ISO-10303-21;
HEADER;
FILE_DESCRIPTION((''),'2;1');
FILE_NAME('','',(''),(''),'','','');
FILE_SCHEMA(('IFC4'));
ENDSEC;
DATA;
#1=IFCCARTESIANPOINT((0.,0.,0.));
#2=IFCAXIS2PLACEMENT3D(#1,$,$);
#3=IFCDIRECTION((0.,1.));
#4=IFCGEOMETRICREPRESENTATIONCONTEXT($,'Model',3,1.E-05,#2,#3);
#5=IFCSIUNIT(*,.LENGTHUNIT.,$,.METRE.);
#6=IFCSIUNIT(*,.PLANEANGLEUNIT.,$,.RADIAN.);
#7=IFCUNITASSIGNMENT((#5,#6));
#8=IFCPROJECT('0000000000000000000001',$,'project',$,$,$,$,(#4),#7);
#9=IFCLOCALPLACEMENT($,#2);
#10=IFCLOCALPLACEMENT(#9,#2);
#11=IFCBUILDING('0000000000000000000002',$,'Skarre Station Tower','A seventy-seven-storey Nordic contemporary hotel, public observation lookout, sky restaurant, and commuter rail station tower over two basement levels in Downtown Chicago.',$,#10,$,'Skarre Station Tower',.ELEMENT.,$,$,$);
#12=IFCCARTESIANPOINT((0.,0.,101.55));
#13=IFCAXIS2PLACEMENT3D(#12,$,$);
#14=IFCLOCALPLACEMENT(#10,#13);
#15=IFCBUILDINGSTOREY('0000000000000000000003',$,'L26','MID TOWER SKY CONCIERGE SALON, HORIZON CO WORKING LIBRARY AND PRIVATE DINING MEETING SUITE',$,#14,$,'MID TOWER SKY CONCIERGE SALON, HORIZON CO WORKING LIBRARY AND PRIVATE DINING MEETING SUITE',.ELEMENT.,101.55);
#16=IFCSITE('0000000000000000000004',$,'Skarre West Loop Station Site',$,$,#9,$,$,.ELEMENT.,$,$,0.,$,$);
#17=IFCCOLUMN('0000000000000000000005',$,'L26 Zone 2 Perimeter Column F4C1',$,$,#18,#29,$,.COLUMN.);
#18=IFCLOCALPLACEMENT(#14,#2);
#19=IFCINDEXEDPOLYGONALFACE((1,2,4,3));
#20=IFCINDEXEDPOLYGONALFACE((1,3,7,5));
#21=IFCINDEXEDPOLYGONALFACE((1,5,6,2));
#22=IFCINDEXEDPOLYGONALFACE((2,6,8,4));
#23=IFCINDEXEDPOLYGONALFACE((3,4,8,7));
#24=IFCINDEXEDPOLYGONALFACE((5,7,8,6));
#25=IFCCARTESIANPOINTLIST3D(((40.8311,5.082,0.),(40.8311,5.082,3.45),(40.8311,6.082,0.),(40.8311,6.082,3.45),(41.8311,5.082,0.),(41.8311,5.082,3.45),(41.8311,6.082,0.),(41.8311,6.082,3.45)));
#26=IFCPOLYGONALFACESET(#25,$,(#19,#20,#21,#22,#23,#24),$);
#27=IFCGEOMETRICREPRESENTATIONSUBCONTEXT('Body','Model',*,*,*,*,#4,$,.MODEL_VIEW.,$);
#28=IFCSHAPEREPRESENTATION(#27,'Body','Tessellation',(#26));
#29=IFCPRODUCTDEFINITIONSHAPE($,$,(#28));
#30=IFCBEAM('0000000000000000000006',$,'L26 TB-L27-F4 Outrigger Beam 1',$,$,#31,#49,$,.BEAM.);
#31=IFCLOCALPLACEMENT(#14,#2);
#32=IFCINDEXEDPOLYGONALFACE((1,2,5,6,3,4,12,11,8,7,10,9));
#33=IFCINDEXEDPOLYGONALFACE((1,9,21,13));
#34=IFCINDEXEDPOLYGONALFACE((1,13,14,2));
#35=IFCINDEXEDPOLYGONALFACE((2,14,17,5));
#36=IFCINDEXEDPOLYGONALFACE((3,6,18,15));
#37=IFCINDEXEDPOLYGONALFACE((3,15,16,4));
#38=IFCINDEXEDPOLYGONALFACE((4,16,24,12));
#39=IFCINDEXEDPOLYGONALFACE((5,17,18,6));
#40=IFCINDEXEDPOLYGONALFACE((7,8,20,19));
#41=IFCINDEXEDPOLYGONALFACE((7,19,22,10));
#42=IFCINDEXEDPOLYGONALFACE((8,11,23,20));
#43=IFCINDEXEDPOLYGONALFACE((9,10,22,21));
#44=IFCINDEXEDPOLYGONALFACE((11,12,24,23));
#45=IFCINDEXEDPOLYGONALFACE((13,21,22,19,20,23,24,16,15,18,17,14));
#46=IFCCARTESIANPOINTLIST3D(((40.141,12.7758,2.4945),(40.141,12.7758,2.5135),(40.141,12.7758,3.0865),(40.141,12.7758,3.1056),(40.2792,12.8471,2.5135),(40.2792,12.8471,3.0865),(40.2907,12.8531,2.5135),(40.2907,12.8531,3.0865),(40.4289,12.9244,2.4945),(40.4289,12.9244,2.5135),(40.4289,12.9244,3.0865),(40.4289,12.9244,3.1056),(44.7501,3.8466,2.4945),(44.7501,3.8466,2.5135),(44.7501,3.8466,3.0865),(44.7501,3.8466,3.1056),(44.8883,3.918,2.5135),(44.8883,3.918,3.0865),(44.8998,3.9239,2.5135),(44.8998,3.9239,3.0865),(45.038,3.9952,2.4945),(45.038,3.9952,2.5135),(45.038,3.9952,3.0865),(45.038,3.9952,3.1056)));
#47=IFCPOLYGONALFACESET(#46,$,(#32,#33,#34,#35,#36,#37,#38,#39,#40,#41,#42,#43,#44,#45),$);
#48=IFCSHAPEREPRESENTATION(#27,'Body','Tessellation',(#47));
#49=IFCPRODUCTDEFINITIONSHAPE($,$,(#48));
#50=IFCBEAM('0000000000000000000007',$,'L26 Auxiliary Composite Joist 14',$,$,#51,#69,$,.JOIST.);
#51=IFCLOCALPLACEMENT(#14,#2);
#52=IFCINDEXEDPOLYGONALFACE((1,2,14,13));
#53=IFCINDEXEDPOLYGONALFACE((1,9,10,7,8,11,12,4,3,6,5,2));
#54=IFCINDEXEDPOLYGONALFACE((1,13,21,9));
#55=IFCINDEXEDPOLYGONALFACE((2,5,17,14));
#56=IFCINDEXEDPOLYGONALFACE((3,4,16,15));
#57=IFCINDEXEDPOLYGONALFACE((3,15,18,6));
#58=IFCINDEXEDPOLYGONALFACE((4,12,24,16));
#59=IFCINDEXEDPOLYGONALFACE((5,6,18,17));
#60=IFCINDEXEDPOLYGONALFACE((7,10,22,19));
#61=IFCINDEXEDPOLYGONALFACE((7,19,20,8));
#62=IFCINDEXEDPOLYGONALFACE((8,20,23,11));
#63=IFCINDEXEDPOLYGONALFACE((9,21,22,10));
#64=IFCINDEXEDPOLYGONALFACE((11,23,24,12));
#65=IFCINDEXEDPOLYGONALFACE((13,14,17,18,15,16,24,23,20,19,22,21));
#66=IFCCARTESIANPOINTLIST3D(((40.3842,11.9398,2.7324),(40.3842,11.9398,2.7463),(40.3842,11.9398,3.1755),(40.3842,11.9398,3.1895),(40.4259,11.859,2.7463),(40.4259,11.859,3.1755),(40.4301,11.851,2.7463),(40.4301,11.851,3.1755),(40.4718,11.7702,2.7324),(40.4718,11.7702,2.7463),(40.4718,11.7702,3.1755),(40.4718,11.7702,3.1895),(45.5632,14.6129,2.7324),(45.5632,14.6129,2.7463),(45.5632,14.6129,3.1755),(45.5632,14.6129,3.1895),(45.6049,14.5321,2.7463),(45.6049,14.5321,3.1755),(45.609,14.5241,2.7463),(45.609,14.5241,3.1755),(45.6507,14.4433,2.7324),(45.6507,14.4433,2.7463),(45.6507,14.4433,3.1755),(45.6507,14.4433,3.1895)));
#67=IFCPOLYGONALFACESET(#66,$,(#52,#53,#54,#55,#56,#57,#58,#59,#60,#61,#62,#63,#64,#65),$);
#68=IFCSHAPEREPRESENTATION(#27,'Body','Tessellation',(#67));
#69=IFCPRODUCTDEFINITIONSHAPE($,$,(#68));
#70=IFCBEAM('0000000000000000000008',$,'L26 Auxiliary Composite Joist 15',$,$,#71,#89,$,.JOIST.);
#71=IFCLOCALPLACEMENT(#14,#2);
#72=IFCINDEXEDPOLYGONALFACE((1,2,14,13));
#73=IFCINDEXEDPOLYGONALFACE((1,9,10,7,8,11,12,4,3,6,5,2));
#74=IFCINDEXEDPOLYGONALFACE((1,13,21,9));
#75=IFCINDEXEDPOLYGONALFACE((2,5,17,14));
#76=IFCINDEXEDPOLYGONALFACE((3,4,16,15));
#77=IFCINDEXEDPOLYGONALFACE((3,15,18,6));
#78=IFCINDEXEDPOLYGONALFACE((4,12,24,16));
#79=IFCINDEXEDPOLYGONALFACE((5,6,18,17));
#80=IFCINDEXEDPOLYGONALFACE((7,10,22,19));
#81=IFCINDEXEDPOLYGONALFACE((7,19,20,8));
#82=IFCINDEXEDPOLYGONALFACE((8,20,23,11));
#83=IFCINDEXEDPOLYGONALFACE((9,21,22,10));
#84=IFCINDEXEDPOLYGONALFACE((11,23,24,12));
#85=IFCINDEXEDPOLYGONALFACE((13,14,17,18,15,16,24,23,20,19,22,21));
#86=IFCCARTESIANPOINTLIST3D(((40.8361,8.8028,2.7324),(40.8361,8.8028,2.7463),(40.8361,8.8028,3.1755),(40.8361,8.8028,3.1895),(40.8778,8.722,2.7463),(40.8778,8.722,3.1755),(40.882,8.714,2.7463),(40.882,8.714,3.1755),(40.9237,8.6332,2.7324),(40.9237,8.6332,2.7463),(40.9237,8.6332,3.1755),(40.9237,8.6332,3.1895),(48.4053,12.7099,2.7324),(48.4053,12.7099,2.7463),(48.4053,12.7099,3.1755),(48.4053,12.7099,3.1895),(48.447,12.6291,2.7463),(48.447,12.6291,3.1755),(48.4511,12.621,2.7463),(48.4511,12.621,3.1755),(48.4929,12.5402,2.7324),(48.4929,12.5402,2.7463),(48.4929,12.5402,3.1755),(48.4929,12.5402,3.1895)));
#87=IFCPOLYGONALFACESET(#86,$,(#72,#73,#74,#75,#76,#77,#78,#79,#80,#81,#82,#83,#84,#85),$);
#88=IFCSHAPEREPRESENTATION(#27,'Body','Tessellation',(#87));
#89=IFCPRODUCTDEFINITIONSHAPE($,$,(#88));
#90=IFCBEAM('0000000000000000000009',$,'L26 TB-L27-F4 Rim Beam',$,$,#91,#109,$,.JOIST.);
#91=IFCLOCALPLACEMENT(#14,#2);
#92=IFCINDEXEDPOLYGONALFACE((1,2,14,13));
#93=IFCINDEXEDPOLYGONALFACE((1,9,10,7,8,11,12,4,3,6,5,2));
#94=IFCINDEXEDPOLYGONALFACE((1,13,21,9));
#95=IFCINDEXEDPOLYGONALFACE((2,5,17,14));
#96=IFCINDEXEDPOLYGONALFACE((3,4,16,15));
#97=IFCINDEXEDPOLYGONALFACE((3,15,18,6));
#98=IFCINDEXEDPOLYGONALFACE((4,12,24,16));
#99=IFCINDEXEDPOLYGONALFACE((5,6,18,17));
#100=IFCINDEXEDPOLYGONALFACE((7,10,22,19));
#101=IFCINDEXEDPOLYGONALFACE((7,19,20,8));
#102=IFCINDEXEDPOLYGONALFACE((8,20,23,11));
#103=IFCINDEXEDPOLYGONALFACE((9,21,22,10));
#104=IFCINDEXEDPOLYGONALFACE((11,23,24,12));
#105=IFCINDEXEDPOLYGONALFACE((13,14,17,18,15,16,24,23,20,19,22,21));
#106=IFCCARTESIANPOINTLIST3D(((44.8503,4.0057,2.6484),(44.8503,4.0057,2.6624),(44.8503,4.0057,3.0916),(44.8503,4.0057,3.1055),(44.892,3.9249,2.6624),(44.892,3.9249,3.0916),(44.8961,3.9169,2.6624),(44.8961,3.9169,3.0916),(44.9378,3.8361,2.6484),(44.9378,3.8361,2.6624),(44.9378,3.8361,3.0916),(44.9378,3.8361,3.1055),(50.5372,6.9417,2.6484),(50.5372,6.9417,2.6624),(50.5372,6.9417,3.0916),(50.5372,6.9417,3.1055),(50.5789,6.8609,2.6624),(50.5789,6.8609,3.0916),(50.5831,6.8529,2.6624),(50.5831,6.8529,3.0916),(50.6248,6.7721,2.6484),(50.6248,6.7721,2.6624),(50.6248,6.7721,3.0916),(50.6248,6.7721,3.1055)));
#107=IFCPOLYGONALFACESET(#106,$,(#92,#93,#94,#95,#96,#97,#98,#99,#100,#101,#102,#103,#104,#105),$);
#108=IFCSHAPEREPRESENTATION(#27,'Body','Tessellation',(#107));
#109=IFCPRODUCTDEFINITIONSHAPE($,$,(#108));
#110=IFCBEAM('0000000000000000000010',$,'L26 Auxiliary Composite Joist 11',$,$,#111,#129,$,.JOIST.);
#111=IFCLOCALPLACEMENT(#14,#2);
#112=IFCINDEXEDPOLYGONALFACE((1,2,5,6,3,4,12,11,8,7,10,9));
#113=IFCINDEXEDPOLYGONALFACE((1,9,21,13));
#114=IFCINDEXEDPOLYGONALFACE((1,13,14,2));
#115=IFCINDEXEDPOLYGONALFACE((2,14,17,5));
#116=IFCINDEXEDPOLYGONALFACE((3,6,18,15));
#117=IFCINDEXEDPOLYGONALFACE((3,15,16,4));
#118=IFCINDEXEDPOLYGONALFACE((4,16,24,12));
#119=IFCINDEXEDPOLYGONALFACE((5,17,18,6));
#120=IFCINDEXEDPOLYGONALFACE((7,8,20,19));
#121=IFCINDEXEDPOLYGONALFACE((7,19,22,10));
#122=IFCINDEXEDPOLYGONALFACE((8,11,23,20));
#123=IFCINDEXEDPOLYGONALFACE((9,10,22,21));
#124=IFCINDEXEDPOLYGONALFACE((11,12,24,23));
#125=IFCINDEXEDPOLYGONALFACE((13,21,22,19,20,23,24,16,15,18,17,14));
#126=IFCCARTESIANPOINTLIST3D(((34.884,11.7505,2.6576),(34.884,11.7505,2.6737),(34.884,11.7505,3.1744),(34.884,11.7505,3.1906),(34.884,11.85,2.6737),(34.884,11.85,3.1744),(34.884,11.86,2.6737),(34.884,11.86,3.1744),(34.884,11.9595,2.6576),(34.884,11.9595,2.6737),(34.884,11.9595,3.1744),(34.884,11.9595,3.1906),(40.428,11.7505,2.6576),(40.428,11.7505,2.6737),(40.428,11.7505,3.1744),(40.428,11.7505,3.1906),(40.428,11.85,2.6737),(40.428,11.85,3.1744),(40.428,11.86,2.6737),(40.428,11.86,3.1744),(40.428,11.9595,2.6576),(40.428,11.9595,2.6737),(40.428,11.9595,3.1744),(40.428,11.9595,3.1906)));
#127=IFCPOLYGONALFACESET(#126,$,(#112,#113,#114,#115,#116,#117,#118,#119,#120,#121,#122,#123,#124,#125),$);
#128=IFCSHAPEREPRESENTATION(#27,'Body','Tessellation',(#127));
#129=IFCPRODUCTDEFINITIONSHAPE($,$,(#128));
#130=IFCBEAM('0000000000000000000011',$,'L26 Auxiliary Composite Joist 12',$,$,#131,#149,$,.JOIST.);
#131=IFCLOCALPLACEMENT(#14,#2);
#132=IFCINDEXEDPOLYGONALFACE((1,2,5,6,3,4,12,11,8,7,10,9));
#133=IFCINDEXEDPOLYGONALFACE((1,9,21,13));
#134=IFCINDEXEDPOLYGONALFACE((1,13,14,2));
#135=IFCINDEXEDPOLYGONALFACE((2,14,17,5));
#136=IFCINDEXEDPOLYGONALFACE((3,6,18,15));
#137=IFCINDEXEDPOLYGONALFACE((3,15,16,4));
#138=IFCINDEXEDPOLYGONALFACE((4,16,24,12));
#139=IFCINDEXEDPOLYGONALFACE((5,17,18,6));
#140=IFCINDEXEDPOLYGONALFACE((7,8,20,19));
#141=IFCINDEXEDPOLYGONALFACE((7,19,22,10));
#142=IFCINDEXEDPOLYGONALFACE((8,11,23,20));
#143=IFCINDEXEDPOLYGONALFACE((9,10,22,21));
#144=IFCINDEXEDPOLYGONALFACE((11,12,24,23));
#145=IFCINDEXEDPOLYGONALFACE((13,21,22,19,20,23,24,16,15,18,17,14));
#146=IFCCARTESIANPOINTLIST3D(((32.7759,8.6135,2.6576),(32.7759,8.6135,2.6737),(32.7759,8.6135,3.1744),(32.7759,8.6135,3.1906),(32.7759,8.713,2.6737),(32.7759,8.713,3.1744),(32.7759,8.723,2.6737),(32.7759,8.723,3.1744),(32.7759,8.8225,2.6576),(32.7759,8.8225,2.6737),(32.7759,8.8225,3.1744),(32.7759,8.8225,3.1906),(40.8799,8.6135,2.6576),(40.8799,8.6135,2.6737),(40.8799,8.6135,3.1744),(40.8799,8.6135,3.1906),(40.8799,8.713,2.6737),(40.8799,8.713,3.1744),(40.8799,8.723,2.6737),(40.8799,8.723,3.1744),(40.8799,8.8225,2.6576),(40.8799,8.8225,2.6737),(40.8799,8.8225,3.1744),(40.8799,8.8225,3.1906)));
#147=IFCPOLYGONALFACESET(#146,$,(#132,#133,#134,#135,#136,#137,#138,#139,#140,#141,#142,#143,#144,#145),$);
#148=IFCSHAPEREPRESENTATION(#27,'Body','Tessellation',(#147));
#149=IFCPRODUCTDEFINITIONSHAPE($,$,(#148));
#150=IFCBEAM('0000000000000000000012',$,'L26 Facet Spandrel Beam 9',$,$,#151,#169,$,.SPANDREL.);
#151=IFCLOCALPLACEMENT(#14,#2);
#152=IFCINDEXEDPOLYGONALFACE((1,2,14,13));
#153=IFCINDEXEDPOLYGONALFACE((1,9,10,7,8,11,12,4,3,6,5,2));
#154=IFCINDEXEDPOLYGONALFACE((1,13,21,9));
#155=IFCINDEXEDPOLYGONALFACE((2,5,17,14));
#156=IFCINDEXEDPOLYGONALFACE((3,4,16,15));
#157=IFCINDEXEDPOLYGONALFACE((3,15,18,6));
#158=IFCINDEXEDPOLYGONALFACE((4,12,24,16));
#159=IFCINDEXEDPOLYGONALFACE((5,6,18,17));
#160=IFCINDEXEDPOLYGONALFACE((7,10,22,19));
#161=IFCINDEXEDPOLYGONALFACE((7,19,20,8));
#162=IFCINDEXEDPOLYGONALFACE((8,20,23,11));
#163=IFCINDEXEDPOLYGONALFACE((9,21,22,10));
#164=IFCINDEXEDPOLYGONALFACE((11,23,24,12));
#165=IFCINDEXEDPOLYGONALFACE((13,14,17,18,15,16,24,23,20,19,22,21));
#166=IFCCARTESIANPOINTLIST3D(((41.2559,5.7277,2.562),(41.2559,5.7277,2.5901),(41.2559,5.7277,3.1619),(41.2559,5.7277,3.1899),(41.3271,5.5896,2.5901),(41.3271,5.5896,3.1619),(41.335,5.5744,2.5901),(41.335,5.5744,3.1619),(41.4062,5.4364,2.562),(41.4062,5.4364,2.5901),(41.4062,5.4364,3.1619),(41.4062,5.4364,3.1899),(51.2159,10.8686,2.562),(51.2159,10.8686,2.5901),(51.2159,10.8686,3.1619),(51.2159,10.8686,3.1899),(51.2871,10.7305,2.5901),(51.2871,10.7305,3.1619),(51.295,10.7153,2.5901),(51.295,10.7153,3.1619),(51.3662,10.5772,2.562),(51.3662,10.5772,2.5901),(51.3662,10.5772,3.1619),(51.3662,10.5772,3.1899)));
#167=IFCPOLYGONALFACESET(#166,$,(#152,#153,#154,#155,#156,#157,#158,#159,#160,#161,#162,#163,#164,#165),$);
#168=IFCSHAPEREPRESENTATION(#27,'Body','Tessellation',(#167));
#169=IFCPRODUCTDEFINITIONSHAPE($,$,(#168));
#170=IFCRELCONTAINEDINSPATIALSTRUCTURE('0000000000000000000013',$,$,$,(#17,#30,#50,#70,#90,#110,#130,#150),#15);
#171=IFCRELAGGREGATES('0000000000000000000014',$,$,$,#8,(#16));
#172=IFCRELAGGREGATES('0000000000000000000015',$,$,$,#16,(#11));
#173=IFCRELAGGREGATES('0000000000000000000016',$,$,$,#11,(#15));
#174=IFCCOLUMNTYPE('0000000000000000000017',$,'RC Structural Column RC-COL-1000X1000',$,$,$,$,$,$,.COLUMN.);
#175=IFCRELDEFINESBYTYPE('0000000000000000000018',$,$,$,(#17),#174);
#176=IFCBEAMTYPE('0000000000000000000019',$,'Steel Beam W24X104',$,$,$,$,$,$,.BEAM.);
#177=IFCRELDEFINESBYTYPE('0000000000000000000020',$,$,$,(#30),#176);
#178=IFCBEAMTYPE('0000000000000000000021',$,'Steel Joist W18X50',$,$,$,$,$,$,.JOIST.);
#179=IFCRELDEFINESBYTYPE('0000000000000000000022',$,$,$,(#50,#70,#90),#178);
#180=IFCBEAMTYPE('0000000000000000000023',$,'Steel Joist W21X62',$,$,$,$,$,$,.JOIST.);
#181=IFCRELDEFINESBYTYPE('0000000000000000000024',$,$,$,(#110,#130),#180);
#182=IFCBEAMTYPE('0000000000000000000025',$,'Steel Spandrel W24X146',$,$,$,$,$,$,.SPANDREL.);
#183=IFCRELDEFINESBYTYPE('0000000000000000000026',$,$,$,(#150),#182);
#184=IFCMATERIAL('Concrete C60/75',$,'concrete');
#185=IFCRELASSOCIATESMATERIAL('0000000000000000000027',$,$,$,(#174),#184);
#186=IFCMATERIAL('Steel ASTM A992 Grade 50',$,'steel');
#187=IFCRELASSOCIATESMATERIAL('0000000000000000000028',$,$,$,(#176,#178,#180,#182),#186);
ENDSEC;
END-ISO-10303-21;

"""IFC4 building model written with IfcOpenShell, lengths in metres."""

from ifc_helpers import new_model, si_unit, direction, frame, origin, origin_2d, place, context, subcontext, project, spatial, rectangle, i_section, extrude, material, material_profile, profile_set, type_object, element, save


model = new_model("IFC4")

# Units and contexts
model_context = context("Model", 3, precision=1e-05, world=origin(), true_north=direction((0.0, 1.0)))
body_context = subcontext(model_context, "Body", "Model", "MODEL_VIEW")
ifc_project = project(units=[si_unit("LENGTHUNIT", "METRE"), si_unit("PLANEANGLEUNIT", "RADIAN")], contexts=[model_context])

# Site, building, storey
site_placement = place(None, origin())
site = spatial("IfcSite", under=ifc_project, at=site_placement, Name="Skarre West Loop Station Site", CompositionType="ELEMENT", RefElevation=0.0)
building_placement = place(site_placement, origin())
building = spatial("IfcBuilding", under=site, at=building_placement, Name="Skarre Station Tower", Description="A seventy-seven-storey Nordic contemporary hotel, public observation lookout, sky restaurant, and commuter rail station tower over two basement levels in Downtown Chicago.", LongName="Skarre Station Tower", CompositionType="ELEMENT")
storey_placement = place(building_placement, frame((0.0, 0.0, 101.55)))
storey = spatial("IfcBuildingStorey", under=building, at=storey_placement, Name="L26", Description="MID TOWER SKY CONCIERGE SALON, HORIZON CO WORKING LIBRARY AND PRIVATE DINING MEETING SUITE", LongName="MID TOWER SKY CONCIERGE SALON, HORIZON CO WORKING LIBRARY AND PRIVATE DINING MEETING SUITE", CompositionType="ELEMENT", Elevation=101.55)

# Column
ifc_material_1 = material(Name="Concrete C60/75", Category="concrete")
ifc_material_profile_1 = material_profile(ifc_material_1, rectangle(XDim=1.0, YDim=1.0, at=origin_2d()), Name="Concrete C60/75")
ifc_profile_set_1 = profile_set([ifc_material_profile_1], Name="Concrete C60/75")
column_type = type_object("IfcColumnType", Name="RC Structural Column RC-COL-1000X1000", PredefinedType="COLUMN", material=ifc_profile_set_1)
column_placement = place(storey_placement, frame((41.3311, 5.582, 0.0), z_axis=(0.0, 0.0, 1.0), x_axis=(1.0, 0.0, 0.0)))
element("IfcColumn", 1, at=column_placement, inside=storey, type_object=column_type, Name="L26 Zone 2 Perimeter Column F4C1", PredefinedType="COLUMN", context=body_context, shape_type="SweptSolid", body=[
    extrude(rectangle(XDim=1.0, YDim=1.0, at=origin_2d()), origin(), (0.0, 0.0, 1.0), 3.45),
])

# Beams
ifc_material_2 = material(Name="Steel ASTM A992 Grade 50", Category="steel")
ifc_material_profile_2 = material_profile(ifc_material_2, i_section(OverallWidth=0.324, OverallDepth=0.6111, WebThickness=0.0129, FlangeThickness=0.019, at=origin_2d()), Name="Steel ASTM A992 Grade 50")
ifc_profile_set_2 = profile_set([ifc_material_profile_2], Name="Steel ASTM A992 Grade 50")
beam_type_1 = type_object("IfcBeamType", Name="Steel Beam W24X104", PredefinedType="BEAM", material=ifc_profile_set_2)
beam_1_placement = place(storey_placement, frame((40.2849, 12.8501, 2.8), z_axis=(0.458683, -0.8886, 0.0), x_axis=(0.8886, 0.458683, 0.0)))
element("IfcBeam", 2, at=beam_1_placement, inside=storey, type_object=beam_type_1, Name="L26 TB-L27-F4 Outrigger Beam 1", PredefinedType="BEAM", context=body_context, shape_type="SweptSolid", body=[
    extrude(i_section(OverallWidth=0.324, OverallDepth=0.6111, WebThickness=0.0129, FlangeThickness=0.019, at=origin_2d()), origin(), (0.0, 0.0, 1.0), 10.0486),
])
ifc_material_profile_3 = material_profile(ifc_material_2, i_section(OverallWidth=0.1909, OverallDepth=0.457, WebThickness=0.009, FlangeThickness=0.0139, at=origin_2d()), Name="Steel ASTM A992 Grade 50")
ifc_profile_set_3 = profile_set([ifc_material_profile_3], Name="Steel ASTM A992 Grade 50")
beam_type_2 = type_object("IfcBeamType", Name="Steel Joist W18X50", PredefinedType="JOIST", material=ifc_profile_set_3)
beam_2_placement = place(storey_placement, frame((40.428, 11.855, 2.9609), z_axis=(0.888615, 0.458655, 0.0), x_axis=(-0.458655, 0.888615, 0.0)))
element("IfcBeam", 3, at=beam_2_placement, inside=storey, type_object=beam_type_2, Name="L26 Auxiliary Composite Joist 14", PredefinedType="JOIST", context=body_context, shape_type="SweptSolid", body=[
    extrude(i_section(OverallWidth=0.1909, OverallDepth=0.457, WebThickness=0.009, FlangeThickness=0.0139, at=origin_2d()), origin(), (0.0, 0.0, 1.0), 5.8281),
])
beam_3_placement = place(storey_placement, frame((40.8799, 8.718, 2.9609), z_axis=(0.888604, 0.458676, 0.0), x_axis=(-0.458676, 0.888604, 0.0)))
element("IfcBeam", 4, at=beam_3_placement, inside=storey, type_object=beam_type_2, Name="L26 Auxiliary Composite Joist 15", PredefinedType="JOIST", context=body_context, shape_type="SweptSolid", body=[
    extrude(i_section(OverallWidth=0.1909, OverallDepth=0.457, WebThickness=0.009, FlangeThickness=0.0139, at=origin_2d()), origin(), (0.0, 0.0, 1.0), 8.5181),
])
beam_4_placement = place(storey_placement, frame((44.894, 3.9209, 2.877), z_axis=(0.888569, 0.458742, 0.0), x_axis=(-0.458742, 0.888569, 0.0)))
element("IfcBeam", 5, at=beam_4_placement, inside=storey, type_object=beam_type_2, Name="L26 TB-L27-F4 Rim Beam", PredefinedType="JOIST", context=body_context, shape_type="SweptSolid", body=[
    extrude(i_section(OverallWidth=0.1909, OverallDepth=0.457, WebThickness=0.009, FlangeThickness=0.0139, at=origin_2d()), origin(), (0.0, 0.0, 1.0), 6.4001),
])
ifc_material_profile_4 = material_profile(ifc_material_2, i_section(OverallWidth=0.209, OverallDepth=0.533, WebThickness=0.01, FlangeThickness=0.0161, at=origin_2d()), Name="Steel ASTM A992 Grade 50")
ifc_profile_set_4 = profile_set([ifc_material_profile_4], Name="Steel ASTM A992 Grade 50")
beam_type_3 = type_object("IfcBeamType", Name="Steel Joist W21X62", PredefinedType="JOIST", material=ifc_profile_set_4)
beam_5_placement = place(storey_placement, frame((34.884, 11.855, 2.9241), z_axis=(1.0, 0.0, 0.0), x_axis=(0.0, 1.0, 0.0)))
element("IfcBeam", 6, at=beam_5_placement, inside=storey, type_object=beam_type_3, Name="L26 Auxiliary Composite Joist 11", PredefinedType="JOIST", context=body_context, shape_type="SweptSolid", body=[
    extrude(i_section(OverallWidth=0.209, OverallDepth=0.533, WebThickness=0.01, FlangeThickness=0.0161, at=origin_2d()), origin(), (0.0, 0.0, 1.0), 5.5439),
])
beam_6_placement = place(storey_placement, frame((32.7759, 8.718, 2.9241), z_axis=(1.0, 0.0, 0.0), x_axis=(0.0, 1.0, 0.0)))
element("IfcBeam", 7, at=beam_6_placement, inside=storey, type_object=beam_type_3, Name="L26 Auxiliary Composite Joist 12", PredefinedType="JOIST", context=body_context, shape_type="SweptSolid", body=[
    extrude(i_section(OverallWidth=0.209, OverallDepth=0.533, WebThickness=0.01, FlangeThickness=0.0161, at=origin_2d()), origin(), (0.0, 0.0, 1.0), 8.104),
])
ifc_material_profile_5 = material_profile(ifc_material_2, i_section(OverallWidth=0.3279, OverallDepth=0.6279, WebThickness=0.0171, FlangeThickness=0.0281, at=origin_2d()), Name="Steel ASTM A992 Grade 50")
ifc_profile_set_5 = profile_set([ifc_material_profile_5], Name="Steel ASTM A992 Grade 50")
beam_type_4 = type_object("IfcBeamType", Name="Steel Spandrel W24X146", PredefinedType="SPANDREL", material=ifc_profile_set_5)
beam_7_placement = place(storey_placement, frame((41.3311, 5.582, 2.876), z_axis=(0.888612, 0.45866, 0.0), x_axis=(-0.45866, 0.888612, 0.0)))
element("IfcBeam", 8, at=beam_7_placement, inside=storey, type_object=beam_type_4, Name="L26 Facet Spandrel Beam 9", PredefinedType="SPANDREL", context=body_context, shape_type="SweptSolid", body=[
    extrude(i_section(OverallWidth=0.3279, OverallDepth=0.6279, WebThickness=0.0171, FlangeThickness=0.0281, at=origin_2d()), origin(), (0.0, 0.0, 1.0), 11.2085),
])

save(model, "model.ifc")
